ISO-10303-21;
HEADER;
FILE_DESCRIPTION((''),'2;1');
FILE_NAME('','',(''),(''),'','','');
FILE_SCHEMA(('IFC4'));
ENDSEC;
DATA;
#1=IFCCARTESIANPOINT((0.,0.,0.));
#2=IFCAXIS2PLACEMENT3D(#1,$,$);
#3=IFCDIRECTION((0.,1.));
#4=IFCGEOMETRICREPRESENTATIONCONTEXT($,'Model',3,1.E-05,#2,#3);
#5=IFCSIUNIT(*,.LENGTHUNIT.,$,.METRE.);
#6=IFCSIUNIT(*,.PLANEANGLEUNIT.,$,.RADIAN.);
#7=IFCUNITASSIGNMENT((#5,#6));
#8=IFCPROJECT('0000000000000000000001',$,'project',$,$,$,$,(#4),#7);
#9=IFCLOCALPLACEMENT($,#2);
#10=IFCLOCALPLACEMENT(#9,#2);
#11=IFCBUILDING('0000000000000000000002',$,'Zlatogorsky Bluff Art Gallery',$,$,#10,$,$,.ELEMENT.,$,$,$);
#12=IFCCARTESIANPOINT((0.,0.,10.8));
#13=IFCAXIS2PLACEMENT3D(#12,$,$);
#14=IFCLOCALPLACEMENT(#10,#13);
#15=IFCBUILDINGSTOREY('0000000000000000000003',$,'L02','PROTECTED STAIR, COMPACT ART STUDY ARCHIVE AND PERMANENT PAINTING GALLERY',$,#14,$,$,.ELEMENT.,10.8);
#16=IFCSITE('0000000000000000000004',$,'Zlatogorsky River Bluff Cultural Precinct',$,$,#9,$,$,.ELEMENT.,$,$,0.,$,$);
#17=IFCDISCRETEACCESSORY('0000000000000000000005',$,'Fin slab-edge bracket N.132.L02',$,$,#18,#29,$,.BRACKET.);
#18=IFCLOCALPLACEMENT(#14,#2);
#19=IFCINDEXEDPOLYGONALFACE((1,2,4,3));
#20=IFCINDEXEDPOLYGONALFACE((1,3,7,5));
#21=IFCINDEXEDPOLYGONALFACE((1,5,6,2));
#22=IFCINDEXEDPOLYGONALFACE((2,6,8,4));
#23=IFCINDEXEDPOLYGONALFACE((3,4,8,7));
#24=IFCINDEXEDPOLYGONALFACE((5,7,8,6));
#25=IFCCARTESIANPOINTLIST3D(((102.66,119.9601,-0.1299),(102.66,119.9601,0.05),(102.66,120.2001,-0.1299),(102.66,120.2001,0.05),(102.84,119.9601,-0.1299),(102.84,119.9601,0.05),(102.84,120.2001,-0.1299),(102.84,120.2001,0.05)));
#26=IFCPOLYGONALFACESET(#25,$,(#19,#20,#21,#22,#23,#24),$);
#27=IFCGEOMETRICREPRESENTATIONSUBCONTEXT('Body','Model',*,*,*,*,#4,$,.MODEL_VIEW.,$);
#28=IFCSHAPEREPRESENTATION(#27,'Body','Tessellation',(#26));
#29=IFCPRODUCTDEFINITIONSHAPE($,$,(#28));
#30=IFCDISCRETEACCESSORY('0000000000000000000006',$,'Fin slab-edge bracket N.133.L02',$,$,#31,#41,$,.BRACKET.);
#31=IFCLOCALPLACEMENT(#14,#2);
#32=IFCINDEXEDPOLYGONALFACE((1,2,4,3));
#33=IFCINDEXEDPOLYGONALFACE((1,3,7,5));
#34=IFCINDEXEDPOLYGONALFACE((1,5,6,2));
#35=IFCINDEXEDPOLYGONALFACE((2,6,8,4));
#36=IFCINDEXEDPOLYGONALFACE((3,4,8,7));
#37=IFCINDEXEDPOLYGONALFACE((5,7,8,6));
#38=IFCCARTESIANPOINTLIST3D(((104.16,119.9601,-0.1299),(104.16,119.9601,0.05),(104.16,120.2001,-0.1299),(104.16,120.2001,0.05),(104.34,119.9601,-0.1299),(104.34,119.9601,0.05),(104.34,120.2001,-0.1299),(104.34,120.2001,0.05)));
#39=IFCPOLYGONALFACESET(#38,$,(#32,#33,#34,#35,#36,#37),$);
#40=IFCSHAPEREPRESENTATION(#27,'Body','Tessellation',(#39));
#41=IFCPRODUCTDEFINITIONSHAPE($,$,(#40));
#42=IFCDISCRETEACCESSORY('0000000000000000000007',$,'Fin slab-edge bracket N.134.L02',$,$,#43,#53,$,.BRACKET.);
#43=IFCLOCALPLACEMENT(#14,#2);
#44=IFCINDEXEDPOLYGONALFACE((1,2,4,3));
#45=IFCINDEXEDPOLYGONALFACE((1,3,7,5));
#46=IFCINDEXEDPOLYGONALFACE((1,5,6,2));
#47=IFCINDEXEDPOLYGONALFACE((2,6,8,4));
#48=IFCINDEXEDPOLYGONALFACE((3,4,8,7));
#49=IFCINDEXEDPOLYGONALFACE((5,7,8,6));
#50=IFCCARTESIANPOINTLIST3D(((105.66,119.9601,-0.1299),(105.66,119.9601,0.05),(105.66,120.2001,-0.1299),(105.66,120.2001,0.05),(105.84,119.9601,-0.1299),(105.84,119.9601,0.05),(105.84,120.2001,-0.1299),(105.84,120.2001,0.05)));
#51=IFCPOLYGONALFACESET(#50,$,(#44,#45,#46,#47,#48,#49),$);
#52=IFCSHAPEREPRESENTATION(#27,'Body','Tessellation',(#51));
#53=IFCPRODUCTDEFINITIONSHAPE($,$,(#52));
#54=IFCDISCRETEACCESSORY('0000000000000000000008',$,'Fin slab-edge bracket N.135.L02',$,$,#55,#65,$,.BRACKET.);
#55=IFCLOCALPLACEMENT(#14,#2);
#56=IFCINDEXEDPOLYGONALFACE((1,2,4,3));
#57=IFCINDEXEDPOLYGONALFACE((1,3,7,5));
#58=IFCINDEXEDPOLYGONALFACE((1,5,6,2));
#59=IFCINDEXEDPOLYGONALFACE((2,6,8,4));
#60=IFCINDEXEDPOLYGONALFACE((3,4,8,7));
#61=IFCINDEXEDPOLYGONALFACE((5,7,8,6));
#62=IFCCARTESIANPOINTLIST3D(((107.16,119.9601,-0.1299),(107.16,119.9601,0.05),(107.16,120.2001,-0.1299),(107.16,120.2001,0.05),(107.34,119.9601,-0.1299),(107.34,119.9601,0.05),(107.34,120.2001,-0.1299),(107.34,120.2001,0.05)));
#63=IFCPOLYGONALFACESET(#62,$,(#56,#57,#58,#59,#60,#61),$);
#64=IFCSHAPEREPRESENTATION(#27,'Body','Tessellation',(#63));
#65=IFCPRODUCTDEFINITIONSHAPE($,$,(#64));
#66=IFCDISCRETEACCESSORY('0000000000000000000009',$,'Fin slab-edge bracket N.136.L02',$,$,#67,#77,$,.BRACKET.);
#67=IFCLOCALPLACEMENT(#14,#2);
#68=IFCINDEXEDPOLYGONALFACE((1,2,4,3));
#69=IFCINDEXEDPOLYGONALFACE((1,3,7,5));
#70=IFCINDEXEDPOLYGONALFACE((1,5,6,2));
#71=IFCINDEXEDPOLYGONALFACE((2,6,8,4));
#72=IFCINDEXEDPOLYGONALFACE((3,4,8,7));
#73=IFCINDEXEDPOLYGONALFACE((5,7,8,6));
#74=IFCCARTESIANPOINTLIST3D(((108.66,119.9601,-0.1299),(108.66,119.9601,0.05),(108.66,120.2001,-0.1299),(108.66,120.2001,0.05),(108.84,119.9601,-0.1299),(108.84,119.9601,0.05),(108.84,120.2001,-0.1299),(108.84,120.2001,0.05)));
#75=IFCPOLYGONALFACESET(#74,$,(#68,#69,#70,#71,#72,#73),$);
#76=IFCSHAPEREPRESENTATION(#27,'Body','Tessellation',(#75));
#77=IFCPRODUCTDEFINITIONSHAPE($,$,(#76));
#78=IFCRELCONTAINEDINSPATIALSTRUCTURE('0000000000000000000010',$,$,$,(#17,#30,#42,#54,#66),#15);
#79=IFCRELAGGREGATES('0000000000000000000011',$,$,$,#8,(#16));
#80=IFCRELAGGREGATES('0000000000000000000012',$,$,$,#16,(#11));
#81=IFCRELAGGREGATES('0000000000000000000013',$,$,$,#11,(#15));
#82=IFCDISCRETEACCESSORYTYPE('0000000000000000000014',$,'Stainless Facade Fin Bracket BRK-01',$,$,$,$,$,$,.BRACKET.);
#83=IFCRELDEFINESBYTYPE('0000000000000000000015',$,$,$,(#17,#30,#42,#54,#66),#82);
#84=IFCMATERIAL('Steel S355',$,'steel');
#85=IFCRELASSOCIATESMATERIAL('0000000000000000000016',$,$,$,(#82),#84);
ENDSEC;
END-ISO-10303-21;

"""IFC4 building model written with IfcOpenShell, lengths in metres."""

from ifc_helpers import new_model, si_unit, direction, frame, origin, origin_2d, place, context, subcontext, project, spatial, rectangle, extrude, material, type_object, element, save


model = new_model("IFC4")

# Units and contexts
model_context = context("Model", 3, precision=1e-05, world=origin(), true_north=direction((0.0, 1.0)))
body_context = subcontext(model_context, "Body", "Model", "MODEL_VIEW")
ifc_project = project(units=[si_unit("LENGTHUNIT", "METRE"), si_unit("PLANEANGLEUNIT", "RADIAN")], contexts=[model_context])

# Site, building, storey
site_placement = place(None, origin())
site = spatial("IfcSite", under=ifc_project, at=site_placement, Name="Zlatogorsky River Bluff Cultural Precinct", CompositionType="ELEMENT", RefElevation=0.0)
building_placement = place(site_placement, origin())
building = spatial("IfcBuilding", under=site, at=building_placement, Name="Zlatogorsky Bluff Art Gallery", CompositionType="ELEMENT")
storey_placement = place(building_placement, frame((0.0, 0.0, 10.8)))
storey = spatial("IfcBuildingStorey", under=building, at=storey_placement, Name="L02", Description="PROTECTED STAIR, COMPACT ART STUDY ARCHIVE AND PERMANENT PAINTING GALLERY", CompositionType="ELEMENT", Elevation=10.8)

# Shared definitions
ifc_material_1 = material(Name="Steel S355", Category="steel")

# Discrete accessories
discrete_accessory_type = type_object("IfcDiscreteAccessoryType", Name="Stainless Facade Fin Bracket BRK-01", PredefinedType="BRACKET", material=ifc_material_1)
for number, where, z_axis, x_axis, name in (
    (1, (102.75, 120.0801, -0.1299), (0.0, 0.0, 1.0), (1.0, 0.0, 0.0), "Fin slab-edge bracket N.132.L02"),
    (2, (104.25, 120.0801, -0.1299), (0.0, 0.0, 1.0), (1.0, 0.0, 0.0), "Fin slab-edge bracket N.133.L02"),
    (3, (105.75, 120.0801, -0.1299), (0.0, 0.0, 1.0), (1.0, 0.0, 0.0), "Fin slab-edge bracket N.134.L02"),
    (4, (107.25, 120.0801, -0.1299), (0.0, 0.0, 1.0), (1.0, 0.0, 0.0), "Fin slab-edge bracket N.135.L02"),
    (5, (108.75, 120.0801, -0.1299), (0.0, 0.0, 1.0), (1.0, 0.0, 0.0), "Fin slab-edge bracket N.136.L02"),
):
    element("IfcDiscreteAccessory", number, at=place(storey_placement, frame(where, z_axis=z_axis, x_axis=x_axis)), inside=storey, type_object=discrete_accessory_type, Name=name, PredefinedType="BRACKET", context=body_context, shape_type="SweptSolid", body=[
        extrude(rectangle(XDim=0.1799, YDim=0.24, at=origin_2d()), origin(), (0.0, 0.0, 1.0), 0.1799),
    ])

save(model, "model.ifc")
